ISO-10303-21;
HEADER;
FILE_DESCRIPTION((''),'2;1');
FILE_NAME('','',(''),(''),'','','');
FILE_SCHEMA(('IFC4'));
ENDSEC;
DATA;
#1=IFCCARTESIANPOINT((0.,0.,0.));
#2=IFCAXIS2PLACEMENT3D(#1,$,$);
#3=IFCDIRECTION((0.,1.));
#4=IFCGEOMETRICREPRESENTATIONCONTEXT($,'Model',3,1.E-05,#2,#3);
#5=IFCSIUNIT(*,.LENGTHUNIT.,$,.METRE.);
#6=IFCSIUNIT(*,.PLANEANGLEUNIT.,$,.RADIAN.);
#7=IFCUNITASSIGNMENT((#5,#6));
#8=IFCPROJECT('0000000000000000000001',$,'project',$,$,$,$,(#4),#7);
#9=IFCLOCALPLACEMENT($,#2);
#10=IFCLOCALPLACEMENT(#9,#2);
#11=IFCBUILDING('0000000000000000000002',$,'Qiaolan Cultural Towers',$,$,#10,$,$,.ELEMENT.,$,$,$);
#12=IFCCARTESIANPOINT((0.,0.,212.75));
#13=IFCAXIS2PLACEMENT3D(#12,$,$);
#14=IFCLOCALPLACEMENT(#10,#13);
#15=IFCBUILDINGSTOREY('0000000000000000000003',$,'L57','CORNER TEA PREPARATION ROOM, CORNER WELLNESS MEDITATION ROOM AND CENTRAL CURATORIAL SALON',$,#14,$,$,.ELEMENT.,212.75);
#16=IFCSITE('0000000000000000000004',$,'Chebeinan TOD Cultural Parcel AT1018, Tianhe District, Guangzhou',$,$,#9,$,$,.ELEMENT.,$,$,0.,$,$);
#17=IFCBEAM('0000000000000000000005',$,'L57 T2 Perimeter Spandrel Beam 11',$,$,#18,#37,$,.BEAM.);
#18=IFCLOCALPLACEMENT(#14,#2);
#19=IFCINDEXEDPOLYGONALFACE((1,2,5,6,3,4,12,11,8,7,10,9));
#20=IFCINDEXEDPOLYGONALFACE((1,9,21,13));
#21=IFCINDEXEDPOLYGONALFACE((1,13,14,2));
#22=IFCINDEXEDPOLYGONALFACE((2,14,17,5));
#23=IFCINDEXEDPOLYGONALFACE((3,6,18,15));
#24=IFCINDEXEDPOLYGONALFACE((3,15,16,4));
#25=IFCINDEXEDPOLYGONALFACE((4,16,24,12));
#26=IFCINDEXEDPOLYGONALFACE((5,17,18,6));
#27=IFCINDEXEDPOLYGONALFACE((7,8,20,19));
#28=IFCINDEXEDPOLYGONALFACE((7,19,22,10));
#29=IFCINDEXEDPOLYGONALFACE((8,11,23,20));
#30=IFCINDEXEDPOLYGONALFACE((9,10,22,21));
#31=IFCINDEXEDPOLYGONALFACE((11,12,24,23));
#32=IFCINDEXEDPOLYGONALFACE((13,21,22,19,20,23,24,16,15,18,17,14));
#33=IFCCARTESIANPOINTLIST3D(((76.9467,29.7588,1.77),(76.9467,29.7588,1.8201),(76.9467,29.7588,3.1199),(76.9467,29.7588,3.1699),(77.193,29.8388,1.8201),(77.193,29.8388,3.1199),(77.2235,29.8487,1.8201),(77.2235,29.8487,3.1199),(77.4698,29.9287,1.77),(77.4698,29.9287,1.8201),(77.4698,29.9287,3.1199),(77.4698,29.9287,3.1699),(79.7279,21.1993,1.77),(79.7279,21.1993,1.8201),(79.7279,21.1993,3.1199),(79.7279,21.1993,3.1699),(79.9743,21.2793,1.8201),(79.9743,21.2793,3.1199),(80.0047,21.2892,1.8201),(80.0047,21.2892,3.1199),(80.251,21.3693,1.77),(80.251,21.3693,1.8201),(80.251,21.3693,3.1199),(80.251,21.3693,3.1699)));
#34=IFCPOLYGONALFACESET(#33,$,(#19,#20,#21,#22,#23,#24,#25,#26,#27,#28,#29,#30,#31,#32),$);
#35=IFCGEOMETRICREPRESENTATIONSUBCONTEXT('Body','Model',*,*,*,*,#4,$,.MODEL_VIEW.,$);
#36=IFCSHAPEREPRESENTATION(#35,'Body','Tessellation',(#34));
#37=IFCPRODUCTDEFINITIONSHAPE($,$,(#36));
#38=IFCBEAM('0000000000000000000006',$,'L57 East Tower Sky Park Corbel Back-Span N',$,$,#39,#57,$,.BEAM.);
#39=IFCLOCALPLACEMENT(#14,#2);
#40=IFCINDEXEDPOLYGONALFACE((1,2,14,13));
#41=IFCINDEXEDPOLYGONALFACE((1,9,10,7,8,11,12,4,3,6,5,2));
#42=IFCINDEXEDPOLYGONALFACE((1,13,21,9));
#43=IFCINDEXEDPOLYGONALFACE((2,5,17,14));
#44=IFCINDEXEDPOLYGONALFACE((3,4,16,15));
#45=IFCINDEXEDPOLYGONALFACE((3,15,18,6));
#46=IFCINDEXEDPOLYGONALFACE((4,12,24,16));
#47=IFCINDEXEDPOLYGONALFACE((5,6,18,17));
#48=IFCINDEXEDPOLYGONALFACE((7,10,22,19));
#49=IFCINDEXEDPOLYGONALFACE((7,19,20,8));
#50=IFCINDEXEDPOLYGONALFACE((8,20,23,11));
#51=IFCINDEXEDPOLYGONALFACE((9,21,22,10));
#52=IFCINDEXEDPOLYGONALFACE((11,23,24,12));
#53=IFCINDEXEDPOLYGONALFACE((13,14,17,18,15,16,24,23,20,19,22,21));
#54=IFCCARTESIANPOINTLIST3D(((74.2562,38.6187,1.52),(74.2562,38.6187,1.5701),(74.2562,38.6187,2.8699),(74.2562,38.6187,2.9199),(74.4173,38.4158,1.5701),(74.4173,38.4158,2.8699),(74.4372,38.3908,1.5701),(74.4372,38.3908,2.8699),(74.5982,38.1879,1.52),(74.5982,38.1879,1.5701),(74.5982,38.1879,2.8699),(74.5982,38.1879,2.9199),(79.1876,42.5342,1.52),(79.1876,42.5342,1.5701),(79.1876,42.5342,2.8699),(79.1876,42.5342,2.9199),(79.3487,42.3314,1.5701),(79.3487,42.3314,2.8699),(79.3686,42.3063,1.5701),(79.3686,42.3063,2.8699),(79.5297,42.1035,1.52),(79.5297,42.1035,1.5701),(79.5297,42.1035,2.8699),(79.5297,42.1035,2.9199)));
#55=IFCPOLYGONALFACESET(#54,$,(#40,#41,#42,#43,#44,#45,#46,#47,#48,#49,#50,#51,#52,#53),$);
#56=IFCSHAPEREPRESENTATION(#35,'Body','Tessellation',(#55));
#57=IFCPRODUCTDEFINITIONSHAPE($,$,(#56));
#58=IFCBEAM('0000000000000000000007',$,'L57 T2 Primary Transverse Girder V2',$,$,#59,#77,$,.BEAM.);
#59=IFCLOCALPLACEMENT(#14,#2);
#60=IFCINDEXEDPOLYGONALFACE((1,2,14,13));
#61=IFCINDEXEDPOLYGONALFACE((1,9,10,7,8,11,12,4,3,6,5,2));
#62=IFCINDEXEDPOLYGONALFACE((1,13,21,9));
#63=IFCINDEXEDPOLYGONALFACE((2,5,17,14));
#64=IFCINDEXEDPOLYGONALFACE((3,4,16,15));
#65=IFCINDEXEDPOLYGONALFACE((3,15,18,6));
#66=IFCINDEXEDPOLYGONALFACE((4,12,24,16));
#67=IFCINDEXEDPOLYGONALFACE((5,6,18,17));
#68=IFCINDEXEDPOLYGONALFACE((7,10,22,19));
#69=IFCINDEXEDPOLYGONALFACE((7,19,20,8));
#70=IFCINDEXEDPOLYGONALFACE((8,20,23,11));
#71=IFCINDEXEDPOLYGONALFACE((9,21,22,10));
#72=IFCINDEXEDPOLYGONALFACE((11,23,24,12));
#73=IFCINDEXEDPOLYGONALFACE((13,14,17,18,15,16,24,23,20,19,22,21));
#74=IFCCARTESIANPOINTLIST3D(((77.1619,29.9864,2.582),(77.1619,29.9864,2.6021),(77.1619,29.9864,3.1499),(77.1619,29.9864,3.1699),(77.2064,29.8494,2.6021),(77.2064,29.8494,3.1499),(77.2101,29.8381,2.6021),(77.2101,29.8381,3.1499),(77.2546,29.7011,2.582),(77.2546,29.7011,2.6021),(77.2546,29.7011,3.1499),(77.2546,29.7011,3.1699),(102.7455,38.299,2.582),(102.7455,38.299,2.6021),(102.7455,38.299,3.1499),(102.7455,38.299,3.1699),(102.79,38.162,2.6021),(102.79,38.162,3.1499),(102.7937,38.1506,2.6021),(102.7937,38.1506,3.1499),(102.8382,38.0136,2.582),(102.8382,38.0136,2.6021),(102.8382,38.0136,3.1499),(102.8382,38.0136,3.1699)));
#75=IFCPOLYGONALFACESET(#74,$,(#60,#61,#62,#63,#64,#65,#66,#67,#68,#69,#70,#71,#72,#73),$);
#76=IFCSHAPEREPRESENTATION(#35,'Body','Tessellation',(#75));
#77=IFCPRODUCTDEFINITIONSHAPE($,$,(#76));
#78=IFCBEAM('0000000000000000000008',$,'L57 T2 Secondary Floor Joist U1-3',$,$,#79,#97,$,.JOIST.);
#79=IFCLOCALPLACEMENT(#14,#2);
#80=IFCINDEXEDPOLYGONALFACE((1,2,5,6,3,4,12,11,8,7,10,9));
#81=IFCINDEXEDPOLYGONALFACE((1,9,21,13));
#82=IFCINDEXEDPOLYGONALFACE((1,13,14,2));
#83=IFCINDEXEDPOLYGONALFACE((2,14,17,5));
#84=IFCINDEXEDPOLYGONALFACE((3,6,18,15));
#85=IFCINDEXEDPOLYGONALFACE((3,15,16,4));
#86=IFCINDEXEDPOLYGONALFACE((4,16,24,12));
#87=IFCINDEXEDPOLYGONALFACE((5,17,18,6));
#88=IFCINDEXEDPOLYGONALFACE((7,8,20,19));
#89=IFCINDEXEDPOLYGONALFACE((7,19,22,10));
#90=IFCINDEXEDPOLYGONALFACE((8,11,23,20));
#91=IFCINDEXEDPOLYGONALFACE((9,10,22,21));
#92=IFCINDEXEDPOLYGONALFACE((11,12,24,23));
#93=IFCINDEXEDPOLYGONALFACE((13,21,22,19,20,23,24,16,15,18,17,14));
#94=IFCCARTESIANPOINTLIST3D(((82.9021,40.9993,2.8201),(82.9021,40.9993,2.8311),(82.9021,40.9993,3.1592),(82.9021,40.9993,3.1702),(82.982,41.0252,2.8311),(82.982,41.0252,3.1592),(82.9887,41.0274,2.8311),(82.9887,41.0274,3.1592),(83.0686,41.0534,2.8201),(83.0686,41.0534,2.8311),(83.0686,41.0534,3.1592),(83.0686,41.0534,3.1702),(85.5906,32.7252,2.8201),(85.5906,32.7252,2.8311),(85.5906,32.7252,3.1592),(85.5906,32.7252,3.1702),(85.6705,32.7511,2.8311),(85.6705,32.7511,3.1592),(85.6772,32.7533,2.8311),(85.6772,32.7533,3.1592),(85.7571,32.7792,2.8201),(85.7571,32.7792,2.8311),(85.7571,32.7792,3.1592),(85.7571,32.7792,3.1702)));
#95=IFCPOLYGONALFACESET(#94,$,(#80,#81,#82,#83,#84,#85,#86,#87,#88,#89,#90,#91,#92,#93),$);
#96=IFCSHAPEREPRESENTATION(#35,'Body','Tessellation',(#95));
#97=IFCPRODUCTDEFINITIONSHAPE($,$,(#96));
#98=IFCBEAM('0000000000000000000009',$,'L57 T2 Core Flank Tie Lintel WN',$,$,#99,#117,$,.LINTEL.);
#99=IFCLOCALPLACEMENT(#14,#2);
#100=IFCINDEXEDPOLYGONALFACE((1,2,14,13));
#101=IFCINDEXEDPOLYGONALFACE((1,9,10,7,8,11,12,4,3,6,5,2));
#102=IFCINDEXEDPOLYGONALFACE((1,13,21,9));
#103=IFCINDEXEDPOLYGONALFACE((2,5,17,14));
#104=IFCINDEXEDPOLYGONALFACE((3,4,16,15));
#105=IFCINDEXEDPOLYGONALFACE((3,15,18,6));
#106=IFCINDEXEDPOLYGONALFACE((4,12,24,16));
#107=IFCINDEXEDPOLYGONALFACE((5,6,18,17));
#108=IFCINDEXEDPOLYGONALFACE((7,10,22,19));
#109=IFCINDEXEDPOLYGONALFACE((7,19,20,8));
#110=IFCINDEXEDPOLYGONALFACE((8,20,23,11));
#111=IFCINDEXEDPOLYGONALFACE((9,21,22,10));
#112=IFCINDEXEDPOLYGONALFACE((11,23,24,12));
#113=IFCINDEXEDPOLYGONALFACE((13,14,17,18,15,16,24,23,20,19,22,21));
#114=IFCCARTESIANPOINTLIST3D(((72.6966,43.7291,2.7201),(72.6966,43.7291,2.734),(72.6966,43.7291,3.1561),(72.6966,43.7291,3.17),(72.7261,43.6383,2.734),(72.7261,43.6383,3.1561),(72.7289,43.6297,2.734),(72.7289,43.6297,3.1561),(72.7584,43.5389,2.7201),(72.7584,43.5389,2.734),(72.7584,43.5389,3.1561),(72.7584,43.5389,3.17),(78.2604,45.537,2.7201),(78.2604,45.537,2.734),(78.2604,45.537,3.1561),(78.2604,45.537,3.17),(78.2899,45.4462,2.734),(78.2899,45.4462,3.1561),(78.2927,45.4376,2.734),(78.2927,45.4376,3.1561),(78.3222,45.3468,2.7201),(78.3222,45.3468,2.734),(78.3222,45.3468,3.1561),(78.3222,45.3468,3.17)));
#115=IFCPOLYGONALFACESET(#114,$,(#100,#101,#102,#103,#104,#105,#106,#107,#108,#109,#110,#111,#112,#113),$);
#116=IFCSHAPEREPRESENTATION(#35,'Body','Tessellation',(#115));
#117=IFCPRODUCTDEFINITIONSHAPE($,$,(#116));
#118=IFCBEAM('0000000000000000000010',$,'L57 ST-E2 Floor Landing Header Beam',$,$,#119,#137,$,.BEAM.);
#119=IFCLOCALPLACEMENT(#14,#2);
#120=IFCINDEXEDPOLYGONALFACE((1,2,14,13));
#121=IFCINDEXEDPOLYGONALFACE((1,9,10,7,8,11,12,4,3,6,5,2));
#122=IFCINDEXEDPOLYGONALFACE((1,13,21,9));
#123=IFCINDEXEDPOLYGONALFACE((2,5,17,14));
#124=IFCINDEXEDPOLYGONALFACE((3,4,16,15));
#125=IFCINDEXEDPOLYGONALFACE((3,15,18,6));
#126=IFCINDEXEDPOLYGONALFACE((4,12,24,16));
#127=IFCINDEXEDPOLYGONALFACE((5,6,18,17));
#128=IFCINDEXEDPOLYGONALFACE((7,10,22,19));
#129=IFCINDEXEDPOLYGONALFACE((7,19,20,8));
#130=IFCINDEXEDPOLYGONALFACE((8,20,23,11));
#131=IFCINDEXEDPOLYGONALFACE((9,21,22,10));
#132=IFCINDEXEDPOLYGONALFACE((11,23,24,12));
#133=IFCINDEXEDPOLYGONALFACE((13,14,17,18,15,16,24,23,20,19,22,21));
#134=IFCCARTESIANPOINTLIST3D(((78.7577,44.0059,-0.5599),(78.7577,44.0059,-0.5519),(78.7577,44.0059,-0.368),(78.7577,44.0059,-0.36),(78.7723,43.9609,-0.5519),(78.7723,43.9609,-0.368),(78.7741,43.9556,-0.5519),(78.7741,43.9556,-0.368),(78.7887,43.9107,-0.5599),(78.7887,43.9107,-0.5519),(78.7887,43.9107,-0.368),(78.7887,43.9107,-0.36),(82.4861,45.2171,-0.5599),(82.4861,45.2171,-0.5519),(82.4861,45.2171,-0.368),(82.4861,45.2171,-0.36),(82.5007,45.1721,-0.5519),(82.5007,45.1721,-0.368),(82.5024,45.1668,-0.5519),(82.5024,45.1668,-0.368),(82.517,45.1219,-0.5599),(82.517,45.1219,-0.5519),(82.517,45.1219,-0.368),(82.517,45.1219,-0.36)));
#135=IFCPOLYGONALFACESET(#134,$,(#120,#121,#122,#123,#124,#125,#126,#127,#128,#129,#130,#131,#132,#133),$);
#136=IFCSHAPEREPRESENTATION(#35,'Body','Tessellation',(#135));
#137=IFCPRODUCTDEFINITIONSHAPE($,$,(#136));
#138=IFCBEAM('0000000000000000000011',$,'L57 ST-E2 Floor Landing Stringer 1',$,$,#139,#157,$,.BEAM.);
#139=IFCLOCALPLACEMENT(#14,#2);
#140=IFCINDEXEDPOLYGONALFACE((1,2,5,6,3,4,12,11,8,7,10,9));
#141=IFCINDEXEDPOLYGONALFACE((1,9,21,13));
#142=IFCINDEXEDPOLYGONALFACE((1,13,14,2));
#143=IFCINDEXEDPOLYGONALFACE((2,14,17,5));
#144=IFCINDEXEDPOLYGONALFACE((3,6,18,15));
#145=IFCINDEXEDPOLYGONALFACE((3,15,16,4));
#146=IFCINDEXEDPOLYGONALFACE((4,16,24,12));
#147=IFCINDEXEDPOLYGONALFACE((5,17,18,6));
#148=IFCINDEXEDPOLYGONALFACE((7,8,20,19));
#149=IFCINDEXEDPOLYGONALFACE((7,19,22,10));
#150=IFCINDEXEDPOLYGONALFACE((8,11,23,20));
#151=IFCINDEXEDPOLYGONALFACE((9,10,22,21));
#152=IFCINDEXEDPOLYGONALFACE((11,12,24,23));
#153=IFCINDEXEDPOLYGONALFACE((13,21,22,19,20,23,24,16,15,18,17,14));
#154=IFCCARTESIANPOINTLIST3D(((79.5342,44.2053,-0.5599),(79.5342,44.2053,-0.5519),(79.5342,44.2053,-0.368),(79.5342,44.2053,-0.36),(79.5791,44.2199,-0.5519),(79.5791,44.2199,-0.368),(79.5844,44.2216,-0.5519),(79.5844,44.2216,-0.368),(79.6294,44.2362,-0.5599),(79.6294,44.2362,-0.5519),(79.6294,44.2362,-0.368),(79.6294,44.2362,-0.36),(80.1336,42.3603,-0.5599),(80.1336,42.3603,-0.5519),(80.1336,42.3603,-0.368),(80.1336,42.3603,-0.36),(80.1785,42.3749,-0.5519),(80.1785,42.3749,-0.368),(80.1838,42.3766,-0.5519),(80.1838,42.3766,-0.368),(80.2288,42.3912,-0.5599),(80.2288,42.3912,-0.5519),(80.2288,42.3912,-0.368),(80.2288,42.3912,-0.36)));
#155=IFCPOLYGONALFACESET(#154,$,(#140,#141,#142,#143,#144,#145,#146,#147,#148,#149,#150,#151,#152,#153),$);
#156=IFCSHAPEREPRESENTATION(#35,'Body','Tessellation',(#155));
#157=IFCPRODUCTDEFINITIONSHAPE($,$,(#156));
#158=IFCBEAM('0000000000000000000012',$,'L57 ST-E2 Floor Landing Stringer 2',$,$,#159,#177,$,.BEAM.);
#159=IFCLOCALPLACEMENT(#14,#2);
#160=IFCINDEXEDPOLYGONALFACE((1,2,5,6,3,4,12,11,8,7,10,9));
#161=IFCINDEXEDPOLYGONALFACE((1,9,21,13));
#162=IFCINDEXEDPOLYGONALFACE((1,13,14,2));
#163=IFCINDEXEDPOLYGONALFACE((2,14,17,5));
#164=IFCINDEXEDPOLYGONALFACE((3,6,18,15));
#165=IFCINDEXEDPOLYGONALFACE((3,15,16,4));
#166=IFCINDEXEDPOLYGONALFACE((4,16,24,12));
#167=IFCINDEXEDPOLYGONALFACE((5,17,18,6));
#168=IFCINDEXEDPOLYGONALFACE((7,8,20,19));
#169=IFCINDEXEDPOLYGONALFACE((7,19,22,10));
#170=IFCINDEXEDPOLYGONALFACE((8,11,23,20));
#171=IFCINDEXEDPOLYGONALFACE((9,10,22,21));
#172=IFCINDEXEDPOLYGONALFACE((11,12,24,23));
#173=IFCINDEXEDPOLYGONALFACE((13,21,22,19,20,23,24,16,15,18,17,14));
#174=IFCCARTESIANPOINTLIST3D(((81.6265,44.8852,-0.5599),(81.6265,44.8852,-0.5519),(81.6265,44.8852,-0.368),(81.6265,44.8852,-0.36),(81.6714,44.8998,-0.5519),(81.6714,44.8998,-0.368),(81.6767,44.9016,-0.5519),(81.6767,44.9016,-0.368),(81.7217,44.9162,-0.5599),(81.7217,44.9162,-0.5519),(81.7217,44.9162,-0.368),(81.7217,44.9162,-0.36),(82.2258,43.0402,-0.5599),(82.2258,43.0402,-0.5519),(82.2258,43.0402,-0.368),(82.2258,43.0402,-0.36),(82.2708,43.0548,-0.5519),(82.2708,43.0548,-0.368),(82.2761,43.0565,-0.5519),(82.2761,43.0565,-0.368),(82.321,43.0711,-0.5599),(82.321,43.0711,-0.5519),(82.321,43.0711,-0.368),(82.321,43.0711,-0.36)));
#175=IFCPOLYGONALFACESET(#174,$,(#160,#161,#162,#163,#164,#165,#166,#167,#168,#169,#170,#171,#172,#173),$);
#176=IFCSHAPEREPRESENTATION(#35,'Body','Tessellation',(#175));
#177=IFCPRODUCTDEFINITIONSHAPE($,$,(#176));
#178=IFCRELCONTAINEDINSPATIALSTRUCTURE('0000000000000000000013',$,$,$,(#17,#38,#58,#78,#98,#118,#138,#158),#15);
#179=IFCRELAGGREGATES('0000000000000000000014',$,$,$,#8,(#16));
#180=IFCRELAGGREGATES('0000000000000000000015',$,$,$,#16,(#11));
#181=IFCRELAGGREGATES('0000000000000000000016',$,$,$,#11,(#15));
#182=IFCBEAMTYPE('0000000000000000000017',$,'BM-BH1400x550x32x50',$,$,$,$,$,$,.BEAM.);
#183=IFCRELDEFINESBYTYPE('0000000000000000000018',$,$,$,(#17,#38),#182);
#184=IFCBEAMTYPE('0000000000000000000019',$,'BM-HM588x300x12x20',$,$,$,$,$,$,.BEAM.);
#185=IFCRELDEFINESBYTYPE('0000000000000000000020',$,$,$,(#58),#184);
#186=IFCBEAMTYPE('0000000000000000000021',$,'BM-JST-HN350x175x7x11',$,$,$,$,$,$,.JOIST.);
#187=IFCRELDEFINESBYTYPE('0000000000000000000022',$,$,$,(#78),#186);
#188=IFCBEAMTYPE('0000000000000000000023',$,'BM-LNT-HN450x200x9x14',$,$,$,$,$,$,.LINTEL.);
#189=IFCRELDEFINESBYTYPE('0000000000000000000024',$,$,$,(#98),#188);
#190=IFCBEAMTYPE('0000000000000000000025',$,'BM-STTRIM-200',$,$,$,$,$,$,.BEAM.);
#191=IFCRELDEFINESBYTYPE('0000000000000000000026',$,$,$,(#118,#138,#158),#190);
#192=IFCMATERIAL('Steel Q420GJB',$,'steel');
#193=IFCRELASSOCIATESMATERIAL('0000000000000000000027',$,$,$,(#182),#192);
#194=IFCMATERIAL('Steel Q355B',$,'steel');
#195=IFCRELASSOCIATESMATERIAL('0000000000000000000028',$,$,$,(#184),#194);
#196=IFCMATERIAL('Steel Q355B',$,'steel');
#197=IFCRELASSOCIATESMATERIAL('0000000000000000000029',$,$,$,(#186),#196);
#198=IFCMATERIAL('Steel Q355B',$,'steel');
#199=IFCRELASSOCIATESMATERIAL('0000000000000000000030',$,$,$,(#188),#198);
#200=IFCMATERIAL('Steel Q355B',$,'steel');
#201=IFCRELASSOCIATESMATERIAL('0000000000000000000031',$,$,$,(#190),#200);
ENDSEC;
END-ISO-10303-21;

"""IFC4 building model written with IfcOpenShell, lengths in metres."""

from ifc_helpers import new_model, si_unit, direction, frame, origin, origin_2d, place, context, subcontext, project, spatial, i_section, extrude, material, material_profile, profile_set, type_object, element, save


model = new_model("IFC4")

# Units and contexts
model_context = context("Model", 3, precision=1e-05, world=origin(), true_north=direction((0.0, 1.0)))
body_context = subcontext(model_context, "Body", "Model", "MODEL_VIEW")
ifc_project = project(units=[si_unit("LENGTHUNIT", "METRE"), si_unit("PLANEANGLEUNIT", "RADIAN")], contexts=[model_context])

# Site, building, storey
site_placement = place(None, origin())
site = spatial("IfcSite", under=ifc_project, at=site_placement, Name="Chebeinan TOD Cultural Parcel AT1018, Tianhe District, Guangzhou", CompositionType="ELEMENT", RefElevation=0.0)
building_placement = place(site_placement, origin())
building = spatial("IfcBuilding", under=site, at=building_placement, Name="Qiaolan Cultural Towers", CompositionType="ELEMENT")
storey_placement = place(building_placement, frame((0.0, 0.0, 212.75)))
storey = spatial("IfcBuildingStorey", under=building, at=storey_placement, Name="L57", Description="CORNER TEA PREPARATION ROOM, CORNER WELLNESS MEDITATION ROOM AND CENTRAL CURATORIAL SALON", CompositionType="ELEMENT", Elevation=212.75)

# Beams
ifc_material_1 = material(Name="Steel Q420GJB", Category="steel")
ifc_material_profile_1 = material_profile(ifc_material_1, i_section(OverallWidth=0.55, OverallDepth=1.3999, WebThickness=0.032, FlangeThickness=0.05, at=origin_2d()), Name="BH1400x550x32x50")
ifc_profile_set_1 = profile_set([ifc_material_profile_1], Name="Steel Q420GJB")
beam_type_1 = type_object("IfcBeamType", Name="BM-BH1400x550x32x50", PredefinedType="BEAM", material=ifc_profile_set_1)
beam_1_placement = place(storey_placement, frame((77.2083, 29.8438, 2.47), z_axis=(0.309025, -0.951054, 0.0), x_axis=(0.951054, 0.309025, 0.0)))
element("IfcBeam", 1, at=beam_1_placement, inside=storey, type_object=beam_type_1, Name="L57 T2 Perimeter Spandrel Beam 11", PredefinedType="BEAM", context=body_context, shape_type="SweptSolid", body=[
    extrude(i_section(OverallWidth=0.55, OverallDepth=1.3999, WebThickness=0.032, FlangeThickness=0.05, at=origin_2d()), origin(), (0.0, 0.0, 1.0), 9.0),
])
beam_2_placement = place(storey_placement, frame((79.3586, 42.3188, 2.22), z_axis=(-0.783156, -0.621825, 0.0), x_axis=(0.621825, -0.783156, 0.0)))
element("IfcBeam", 2, at=beam_2_placement, inside=storey, type_object=beam_type_1, Name="L57 East Tower Sky Park Corbel Back-Span N", PredefinedType="BEAM", context=body_context, shape_type="SweptSolid", body=[
    extrude(i_section(OverallWidth=0.55, OverallDepth=1.3999, WebThickness=0.032, FlangeThickness=0.05, at=origin_2d()), origin(), (0.0, 0.0, 1.0), 6.2969),
])
ifc_material_2 = material(Name="Steel Q355B", Category="steel")
ifc_material_profile_2 = material_profile(ifc_material_2, i_section(OverallWidth=0.3, OverallDepth=0.5879, WebThickness=0.012, FlangeThickness=0.02, at=origin_2d()), Name="HM588x300x12x20")
ifc_profile_set_2 = profile_set([ifc_material_profile_2], Name="Steel Q355B")
beam_type_2 = type_object("IfcBeamType", Name="BM-HM588x300x12x20", PredefinedType="BEAM", material=ifc_profile_set_2)
beam_3_placement = place(storey_placement, frame((77.2083, 29.8438, 2.876), z_axis=(0.951057, 0.309014, 0.0), x_axis=(-0.309014, 0.951057, 0.0)))
element("IfcBeam", 3, at=beam_3_placement, inside=storey, type_object=beam_type_2, Name="L57 T2 Primary Transverse Girder V2", PredefinedType="BEAM", context=body_context, shape_type="SweptSolid", body=[
    extrude(i_section(OverallWidth=0.3, OverallDepth=0.5879, WebThickness=0.012, FlangeThickness=0.02, at=origin_2d()), origin(), (0.0, 0.0, 1.0), 26.9001),
])
ifc_material_3 = material(Name="Steel Q355B", Category="steel")
ifc_material_profile_3 = material_profile(ifc_material_3, i_section(OverallWidth=0.175, OverallDepth=0.3501, WebThickness=0.0071, FlangeThickness=0.011, at=origin_2d()), Name="HN350x175x7x11")
ifc_profile_set_3 = profile_set([ifc_material_profile_3], Name="Steel Q355B")
beam_type_3 = type_object("IfcBeamType", Name="BM-JST-HN350x175x7x11", PredefinedType="JOIST", material=ifc_profile_set_3)
beam_4_placement = place(storey_placement, frame((85.6738, 32.7522, 2.9951), z_axis=(-0.309021, 0.951055, 0.0), x_axis=(-0.951055, -0.309021, 0.0)))
element("IfcBeam", 4, at=beam_4_placement, inside=storey, type_object=beam_type_3, Name="L57 T2 Secondary Floor Joist U1-3", PredefinedType="JOIST", context=body_context, shape_type="SweptSolid", body=[
    extrude(i_section(OverallWidth=0.175, OverallDepth=0.3501, WebThickness=0.0071, FlangeThickness=0.011, at=origin_2d()), origin(), (0.0, 0.0, 1.0), 8.7),
])
ifc_material_4 = material(Name="Steel Q355B", Category="steel")
ifc_material_profile_4 = material_profile(ifc_material_4, i_section(OverallWidth=0.2, OverallDepth=0.45, WebThickness=0.009, FlangeThickness=0.0139, at=origin_2d()), Name="HN450x200x9x14")
ifc_profile_set_4 = profile_set([ifc_material_profile_4], Name="Steel Q355B")
beam_type_4 = type_object("IfcBeamType", Name="BM-LNT-HN450x200x9x14", PredefinedType="LINTEL", material=ifc_profile_set_4)
beam_5_placement = place(storey_placement, frame((78.2913, 45.4419, 2.9451), z_axis=(-0.951052, -0.309032, 0.0), x_axis=(0.309032, -0.951052, 0.0)))
element("IfcBeam", 5, at=beam_5_placement, inside=storey, type_object=beam_type_4, Name="L57 T2 Core Flank Tie Lintel WN", PredefinedType="LINTEL", context=body_context, shape_type="SweptSolid", body=[
    extrude(i_section(OverallWidth=0.2, OverallDepth=0.45, WebThickness=0.009, FlangeThickness=0.0139, at=origin_2d()), origin(), (0.0, 0.0, 1.0), 5.8501),
])
ifc_material_5 = material(Name="Steel Q355B", Category="steel")
ifc_material_profile_5 = material_profile(ifc_material_5, i_section(OverallWidth=0.1001, OverallDepth=0.2, WebThickness=0.0056, FlangeThickness=0.0081, at=origin_2d()), Name="HN200x100x5.5x8")
ifc_profile_set_5 = profile_set([ifc_material_profile_5], Name="Steel Q355B")
beam_type_5 = type_object("IfcBeamType", Name="BM-STTRIM-200", PredefinedType="BEAM", material=ifc_profile_set_5)
beam_6_placement = place(storey_placement, frame((78.7732, 43.9583, -0.46), z_axis=(0.951072, 0.308969, 0.0), x_axis=(-0.308969, 0.951072, 0.0)))
element("IfcBeam", 6, at=beam_6_placement, inside=storey, type_object=beam_type_5, Name="L57 ST-E2 Floor Landing Header Beam", PredefinedType="BEAM", context=body_context, shape_type="SweptSolid", body=[
    extrude(i_section(OverallWidth=0.1001, OverallDepth=0.2, WebThickness=0.0056, FlangeThickness=0.0081, at=origin_2d()), origin(), (0.0, 0.0, 1.0), 3.9202),
])
for number, where, z_axis, x_axis, name in (
    (7, (80.1812, 42.3757, -0.46), (-0.308969, 0.951072, 0.0), (-0.951072, -0.308969, 0.0), "L57 ST-E2 Floor Landing Stringer 1"),
    (8, (82.2734, 43.0557, -0.46), (-0.308969, 0.951072, 0.0), (-0.951072, -0.308969, 0.0), "L57 ST-E2 Floor Landing Stringer 2"),
):
    element("IfcBeam", number, at=place(storey_placement, frame(where, z_axis=z_axis, x_axis=x_axis)), inside=storey, type_object=beam_type_5, Name=name, PredefinedType="BEAM", context=body_context, shape_type="SweptSolid", body=[
        extrude(i_section(OverallWidth=0.1001, OverallDepth=0.2, WebThickness=0.0056, FlangeThickness=0.0081, at=origin_2d()), origin(), (0.0, 0.0, 1.0), 1.9399),
    ])

save(model, "model.ifc")
